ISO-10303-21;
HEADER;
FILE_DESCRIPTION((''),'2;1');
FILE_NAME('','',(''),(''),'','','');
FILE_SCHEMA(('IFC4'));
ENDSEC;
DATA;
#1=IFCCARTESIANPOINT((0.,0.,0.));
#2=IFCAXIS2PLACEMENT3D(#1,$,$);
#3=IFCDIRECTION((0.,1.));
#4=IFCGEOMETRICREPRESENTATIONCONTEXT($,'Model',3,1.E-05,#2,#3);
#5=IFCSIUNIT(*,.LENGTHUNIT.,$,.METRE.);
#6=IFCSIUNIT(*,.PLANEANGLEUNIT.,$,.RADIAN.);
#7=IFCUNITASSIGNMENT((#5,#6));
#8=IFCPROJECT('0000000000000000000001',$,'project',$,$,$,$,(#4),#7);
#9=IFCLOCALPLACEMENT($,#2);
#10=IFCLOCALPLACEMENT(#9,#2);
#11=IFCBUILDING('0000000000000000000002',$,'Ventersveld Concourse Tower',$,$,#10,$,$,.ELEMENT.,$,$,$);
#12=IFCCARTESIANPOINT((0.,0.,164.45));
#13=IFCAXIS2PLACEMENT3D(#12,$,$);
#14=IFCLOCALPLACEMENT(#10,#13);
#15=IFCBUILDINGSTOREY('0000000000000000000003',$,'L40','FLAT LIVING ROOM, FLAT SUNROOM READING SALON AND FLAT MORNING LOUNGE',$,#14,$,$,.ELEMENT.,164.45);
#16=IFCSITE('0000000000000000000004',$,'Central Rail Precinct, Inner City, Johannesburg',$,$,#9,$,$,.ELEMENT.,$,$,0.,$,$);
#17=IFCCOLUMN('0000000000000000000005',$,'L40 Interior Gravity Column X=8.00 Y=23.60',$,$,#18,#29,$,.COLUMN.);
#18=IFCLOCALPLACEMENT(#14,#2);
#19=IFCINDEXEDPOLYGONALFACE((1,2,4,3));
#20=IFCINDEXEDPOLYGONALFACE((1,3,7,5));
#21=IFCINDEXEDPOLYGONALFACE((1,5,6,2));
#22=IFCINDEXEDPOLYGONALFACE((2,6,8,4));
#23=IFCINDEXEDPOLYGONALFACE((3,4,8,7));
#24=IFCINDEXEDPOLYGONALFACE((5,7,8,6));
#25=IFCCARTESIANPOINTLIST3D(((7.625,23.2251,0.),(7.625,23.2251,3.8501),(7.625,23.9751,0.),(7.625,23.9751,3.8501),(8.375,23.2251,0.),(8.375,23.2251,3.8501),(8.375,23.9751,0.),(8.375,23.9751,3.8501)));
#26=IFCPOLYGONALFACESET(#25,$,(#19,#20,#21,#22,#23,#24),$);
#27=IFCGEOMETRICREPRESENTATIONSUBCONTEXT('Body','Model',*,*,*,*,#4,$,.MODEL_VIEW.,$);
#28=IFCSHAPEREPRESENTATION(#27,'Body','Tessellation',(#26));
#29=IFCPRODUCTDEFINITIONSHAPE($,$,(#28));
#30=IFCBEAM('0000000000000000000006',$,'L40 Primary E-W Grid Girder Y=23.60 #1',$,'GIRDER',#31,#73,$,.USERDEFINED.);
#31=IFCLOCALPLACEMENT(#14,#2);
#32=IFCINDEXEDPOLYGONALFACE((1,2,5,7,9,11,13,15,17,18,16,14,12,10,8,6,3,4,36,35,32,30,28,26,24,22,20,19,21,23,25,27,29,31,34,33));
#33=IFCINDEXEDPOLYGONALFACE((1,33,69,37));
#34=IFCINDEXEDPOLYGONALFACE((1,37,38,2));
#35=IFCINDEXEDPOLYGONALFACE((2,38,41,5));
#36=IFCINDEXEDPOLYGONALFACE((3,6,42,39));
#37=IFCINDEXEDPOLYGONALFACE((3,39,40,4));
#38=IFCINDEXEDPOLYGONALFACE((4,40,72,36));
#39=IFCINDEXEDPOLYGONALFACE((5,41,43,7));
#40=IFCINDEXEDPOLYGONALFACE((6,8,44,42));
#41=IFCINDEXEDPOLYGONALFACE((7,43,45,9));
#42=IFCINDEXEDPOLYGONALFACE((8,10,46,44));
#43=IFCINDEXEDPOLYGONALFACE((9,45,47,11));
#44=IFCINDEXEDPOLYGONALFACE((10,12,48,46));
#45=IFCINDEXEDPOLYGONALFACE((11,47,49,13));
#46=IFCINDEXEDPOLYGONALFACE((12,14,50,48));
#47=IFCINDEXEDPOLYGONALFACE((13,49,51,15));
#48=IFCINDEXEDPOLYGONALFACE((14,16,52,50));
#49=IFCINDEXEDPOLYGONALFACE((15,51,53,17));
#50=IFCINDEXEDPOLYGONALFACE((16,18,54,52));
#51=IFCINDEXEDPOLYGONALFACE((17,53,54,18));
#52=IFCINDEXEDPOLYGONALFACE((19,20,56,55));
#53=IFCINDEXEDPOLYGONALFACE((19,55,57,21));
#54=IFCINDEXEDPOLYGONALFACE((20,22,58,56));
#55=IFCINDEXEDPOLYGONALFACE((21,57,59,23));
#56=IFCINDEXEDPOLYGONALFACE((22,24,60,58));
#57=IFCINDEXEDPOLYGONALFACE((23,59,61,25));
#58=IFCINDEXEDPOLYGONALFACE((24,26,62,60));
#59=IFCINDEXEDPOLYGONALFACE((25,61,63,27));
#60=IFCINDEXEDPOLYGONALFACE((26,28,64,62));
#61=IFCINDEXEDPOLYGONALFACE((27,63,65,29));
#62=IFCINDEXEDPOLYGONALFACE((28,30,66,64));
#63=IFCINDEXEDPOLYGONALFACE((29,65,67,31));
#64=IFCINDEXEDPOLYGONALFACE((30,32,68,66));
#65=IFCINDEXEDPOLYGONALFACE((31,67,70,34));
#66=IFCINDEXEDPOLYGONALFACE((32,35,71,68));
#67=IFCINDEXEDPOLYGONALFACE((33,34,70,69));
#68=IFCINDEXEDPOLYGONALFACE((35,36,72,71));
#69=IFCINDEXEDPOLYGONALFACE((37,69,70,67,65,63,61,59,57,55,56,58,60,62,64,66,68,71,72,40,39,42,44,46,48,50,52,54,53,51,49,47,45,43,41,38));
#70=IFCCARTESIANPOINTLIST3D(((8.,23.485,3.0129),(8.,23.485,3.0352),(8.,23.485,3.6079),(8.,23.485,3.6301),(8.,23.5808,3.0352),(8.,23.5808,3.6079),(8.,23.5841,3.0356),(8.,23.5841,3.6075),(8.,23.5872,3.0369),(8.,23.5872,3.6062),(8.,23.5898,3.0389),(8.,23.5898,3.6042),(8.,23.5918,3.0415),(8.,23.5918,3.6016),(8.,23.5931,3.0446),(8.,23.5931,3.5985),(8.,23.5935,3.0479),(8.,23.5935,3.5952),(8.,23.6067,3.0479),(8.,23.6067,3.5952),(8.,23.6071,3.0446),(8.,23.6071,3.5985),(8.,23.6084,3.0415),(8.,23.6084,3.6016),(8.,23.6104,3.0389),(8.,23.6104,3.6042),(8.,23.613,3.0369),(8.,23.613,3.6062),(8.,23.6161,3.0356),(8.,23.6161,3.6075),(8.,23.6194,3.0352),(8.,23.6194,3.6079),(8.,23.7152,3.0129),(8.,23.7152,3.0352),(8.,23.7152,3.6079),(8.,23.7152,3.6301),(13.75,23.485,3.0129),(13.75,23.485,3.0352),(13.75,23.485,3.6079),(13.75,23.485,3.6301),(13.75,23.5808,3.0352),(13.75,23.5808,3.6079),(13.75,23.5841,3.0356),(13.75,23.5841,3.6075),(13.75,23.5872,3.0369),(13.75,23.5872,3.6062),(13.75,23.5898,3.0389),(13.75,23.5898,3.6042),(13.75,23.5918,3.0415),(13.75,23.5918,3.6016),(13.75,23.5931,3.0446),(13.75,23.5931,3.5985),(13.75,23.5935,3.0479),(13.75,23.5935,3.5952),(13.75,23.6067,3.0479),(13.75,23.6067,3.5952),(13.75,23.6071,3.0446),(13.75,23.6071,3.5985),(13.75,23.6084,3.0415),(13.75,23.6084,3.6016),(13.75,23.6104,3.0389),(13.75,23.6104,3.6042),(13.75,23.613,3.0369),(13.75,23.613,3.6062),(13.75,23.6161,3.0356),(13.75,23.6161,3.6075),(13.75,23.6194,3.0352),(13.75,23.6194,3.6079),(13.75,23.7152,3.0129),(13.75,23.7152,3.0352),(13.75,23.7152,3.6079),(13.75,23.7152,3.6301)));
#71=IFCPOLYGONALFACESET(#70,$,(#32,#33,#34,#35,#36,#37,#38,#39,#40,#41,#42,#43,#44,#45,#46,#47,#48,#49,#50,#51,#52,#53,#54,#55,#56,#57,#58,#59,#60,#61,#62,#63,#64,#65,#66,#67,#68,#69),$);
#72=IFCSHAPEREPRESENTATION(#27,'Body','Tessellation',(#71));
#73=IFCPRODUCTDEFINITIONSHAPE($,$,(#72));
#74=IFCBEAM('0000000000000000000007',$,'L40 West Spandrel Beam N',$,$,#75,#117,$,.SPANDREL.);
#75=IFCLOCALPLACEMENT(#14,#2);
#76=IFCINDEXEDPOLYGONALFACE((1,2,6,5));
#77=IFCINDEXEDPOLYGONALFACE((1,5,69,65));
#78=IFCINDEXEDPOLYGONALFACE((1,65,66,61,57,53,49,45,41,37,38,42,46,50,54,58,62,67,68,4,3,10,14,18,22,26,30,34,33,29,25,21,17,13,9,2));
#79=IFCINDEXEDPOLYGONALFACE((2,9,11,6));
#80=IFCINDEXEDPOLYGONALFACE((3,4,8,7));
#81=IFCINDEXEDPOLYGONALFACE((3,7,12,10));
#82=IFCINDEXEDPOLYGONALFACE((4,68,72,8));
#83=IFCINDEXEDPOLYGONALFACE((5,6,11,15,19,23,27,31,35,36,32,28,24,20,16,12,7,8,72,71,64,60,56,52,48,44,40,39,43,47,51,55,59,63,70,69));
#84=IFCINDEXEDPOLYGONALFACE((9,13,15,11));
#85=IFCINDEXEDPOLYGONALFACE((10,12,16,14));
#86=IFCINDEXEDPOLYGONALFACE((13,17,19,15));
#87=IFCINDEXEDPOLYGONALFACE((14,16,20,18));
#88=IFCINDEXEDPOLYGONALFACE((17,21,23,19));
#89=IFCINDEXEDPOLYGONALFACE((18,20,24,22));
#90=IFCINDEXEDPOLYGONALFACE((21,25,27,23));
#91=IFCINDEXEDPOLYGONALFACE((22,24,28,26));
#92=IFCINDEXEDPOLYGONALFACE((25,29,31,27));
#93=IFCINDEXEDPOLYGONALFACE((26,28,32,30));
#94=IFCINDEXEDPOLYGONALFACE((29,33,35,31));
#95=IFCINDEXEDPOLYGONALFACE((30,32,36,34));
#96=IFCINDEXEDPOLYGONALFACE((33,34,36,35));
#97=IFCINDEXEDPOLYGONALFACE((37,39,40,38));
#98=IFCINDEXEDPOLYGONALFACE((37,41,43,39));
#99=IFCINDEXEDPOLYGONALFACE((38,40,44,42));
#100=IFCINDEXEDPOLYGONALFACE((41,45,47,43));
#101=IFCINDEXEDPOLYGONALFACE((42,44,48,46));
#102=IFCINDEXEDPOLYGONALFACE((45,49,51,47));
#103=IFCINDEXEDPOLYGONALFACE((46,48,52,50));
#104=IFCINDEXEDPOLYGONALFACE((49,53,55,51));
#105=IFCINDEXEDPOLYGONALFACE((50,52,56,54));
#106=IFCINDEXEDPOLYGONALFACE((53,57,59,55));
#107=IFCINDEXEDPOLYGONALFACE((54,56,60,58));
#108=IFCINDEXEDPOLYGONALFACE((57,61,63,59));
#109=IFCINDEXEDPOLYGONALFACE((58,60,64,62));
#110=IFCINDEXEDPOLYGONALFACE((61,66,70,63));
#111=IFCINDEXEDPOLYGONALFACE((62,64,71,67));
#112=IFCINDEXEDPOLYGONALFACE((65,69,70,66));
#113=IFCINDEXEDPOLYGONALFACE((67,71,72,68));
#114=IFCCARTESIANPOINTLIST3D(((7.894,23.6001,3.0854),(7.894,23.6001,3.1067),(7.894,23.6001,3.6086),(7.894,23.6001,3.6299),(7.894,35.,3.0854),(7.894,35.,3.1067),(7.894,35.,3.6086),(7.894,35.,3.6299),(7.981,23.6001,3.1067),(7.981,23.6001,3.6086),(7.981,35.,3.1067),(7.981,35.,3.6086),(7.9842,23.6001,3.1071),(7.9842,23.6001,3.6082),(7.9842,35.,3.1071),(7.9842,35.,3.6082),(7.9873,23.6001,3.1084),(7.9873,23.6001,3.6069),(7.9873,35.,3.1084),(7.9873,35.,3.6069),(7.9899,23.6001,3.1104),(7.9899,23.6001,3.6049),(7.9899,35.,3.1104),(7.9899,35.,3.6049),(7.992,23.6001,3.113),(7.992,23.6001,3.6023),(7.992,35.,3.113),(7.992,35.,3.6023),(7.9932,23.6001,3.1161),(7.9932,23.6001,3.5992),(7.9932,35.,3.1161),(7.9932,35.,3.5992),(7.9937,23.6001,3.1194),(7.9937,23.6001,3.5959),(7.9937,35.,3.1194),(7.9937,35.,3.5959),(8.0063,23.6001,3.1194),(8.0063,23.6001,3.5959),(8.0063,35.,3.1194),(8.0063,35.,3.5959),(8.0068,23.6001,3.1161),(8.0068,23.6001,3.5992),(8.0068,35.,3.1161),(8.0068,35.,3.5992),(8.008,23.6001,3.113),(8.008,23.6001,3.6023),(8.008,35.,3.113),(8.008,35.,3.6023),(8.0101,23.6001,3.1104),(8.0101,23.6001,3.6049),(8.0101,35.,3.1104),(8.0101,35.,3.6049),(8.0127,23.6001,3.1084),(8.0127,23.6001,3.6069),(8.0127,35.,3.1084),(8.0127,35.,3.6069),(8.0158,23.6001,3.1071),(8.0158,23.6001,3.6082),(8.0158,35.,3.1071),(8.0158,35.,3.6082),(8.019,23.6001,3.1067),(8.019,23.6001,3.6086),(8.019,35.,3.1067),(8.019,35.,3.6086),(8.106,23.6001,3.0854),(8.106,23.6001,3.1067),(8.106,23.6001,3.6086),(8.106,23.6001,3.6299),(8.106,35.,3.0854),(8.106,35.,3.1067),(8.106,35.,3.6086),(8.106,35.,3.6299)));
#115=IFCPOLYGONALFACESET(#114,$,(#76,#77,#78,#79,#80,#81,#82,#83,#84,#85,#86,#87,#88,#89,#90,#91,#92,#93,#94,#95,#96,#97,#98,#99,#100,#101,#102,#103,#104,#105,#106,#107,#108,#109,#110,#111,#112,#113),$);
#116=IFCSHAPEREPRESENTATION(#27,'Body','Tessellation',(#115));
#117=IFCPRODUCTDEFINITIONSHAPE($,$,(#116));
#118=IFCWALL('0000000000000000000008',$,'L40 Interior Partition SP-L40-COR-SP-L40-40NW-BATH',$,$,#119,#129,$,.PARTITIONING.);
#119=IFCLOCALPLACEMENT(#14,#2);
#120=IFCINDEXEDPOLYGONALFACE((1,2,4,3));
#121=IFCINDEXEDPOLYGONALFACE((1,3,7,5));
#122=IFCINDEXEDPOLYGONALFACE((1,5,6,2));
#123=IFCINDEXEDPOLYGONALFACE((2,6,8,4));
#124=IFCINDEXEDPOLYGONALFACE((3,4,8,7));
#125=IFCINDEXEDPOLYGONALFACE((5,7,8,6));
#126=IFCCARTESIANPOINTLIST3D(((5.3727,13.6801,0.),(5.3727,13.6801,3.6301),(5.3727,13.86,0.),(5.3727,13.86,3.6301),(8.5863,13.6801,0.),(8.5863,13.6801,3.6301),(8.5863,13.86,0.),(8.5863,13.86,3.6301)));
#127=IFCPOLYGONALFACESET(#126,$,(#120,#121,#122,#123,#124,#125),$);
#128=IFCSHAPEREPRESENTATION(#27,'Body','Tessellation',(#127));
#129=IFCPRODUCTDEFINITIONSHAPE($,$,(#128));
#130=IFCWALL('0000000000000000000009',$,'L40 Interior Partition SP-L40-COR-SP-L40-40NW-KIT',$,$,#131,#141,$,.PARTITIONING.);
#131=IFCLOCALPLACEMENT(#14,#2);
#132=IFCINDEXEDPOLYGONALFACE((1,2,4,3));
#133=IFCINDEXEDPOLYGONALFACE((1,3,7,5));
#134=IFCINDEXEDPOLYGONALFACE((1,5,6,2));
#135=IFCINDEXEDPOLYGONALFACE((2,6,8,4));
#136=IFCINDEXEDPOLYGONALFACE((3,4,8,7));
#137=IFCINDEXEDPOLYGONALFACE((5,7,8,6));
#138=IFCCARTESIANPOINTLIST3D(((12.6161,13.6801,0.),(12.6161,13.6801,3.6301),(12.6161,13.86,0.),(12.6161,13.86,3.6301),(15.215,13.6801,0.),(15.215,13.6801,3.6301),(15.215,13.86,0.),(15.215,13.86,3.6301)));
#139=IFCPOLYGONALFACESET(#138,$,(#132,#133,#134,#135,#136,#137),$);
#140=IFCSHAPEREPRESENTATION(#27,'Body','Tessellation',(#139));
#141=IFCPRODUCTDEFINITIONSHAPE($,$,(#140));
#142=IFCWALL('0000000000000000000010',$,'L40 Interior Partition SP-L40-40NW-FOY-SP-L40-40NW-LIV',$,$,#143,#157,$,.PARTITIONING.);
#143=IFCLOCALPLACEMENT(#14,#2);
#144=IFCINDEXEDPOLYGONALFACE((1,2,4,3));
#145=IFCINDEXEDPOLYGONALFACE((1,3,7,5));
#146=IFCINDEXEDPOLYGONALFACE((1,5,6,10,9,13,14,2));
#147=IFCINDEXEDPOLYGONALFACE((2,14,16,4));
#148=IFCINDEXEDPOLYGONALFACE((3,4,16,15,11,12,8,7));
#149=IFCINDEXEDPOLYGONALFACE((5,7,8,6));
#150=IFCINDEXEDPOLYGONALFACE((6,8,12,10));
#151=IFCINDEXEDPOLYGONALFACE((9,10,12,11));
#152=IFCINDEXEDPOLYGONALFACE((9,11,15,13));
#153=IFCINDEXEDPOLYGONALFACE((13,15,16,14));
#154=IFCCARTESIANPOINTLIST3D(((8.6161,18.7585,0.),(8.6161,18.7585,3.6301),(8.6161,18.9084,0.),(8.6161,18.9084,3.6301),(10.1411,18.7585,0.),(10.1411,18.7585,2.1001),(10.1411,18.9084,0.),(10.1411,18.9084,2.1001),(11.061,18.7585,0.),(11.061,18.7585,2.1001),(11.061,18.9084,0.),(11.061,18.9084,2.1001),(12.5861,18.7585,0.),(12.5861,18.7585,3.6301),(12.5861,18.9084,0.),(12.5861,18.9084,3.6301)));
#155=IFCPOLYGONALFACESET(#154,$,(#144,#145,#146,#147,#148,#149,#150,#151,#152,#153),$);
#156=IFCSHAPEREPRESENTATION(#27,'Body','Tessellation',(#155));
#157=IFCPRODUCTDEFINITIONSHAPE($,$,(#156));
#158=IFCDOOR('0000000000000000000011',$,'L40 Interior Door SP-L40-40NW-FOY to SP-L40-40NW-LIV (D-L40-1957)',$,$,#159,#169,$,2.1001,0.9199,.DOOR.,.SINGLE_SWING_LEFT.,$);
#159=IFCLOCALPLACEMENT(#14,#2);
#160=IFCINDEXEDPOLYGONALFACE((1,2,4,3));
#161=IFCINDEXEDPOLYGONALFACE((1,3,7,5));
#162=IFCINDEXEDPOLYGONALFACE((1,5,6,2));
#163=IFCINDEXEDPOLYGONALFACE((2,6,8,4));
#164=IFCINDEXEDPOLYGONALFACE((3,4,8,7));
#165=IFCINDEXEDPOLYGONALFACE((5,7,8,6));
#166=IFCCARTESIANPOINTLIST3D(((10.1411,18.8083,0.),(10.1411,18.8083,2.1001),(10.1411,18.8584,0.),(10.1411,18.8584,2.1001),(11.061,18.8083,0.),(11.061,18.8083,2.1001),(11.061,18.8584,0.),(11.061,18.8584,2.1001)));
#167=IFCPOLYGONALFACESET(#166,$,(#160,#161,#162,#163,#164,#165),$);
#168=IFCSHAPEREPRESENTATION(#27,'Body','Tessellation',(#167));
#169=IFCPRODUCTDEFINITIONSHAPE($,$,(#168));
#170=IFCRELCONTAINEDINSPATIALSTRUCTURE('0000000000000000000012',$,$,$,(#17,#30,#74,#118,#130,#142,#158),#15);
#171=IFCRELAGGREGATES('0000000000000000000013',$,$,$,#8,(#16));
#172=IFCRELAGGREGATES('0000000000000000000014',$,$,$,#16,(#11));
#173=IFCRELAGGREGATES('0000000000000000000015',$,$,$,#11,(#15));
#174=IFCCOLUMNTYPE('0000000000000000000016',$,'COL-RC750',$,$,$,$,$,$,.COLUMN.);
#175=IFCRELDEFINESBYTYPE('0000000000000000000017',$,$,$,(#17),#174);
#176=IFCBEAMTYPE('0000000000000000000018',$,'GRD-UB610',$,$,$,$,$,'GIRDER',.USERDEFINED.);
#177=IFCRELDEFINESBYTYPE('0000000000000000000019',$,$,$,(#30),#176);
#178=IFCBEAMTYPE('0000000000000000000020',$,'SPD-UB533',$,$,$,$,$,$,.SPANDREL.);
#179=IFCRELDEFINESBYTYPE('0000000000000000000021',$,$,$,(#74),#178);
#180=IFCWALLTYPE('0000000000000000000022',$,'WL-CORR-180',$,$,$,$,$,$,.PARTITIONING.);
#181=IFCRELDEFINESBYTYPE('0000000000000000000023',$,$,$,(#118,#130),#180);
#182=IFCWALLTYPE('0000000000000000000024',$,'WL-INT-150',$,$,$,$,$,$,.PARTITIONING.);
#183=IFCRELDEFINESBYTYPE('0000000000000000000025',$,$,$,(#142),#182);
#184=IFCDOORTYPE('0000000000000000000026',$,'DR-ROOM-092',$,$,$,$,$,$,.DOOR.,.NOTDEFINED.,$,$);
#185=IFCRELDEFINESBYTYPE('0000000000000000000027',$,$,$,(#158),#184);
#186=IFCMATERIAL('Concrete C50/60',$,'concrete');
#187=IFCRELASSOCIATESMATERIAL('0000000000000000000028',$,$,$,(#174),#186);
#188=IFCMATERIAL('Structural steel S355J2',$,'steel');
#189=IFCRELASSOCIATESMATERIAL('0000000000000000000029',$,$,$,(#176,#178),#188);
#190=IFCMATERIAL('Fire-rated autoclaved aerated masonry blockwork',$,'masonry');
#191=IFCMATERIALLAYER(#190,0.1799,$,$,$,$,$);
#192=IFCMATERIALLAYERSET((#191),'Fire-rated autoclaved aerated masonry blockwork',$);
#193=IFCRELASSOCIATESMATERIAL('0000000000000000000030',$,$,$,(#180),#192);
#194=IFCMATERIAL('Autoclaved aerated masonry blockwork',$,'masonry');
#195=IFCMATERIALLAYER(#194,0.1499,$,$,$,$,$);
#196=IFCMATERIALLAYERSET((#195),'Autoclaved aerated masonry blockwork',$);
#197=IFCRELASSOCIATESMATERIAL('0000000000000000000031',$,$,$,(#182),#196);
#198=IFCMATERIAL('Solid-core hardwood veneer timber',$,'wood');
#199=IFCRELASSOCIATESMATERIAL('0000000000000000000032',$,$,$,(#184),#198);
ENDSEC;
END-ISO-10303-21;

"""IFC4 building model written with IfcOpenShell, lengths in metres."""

from ifc_helpers import new_model, si_unit, direction, frame, frame_2d, origin, origin_2d, place, context, subcontext, project, spatial, rectangle, i_section, extrude, material, layer, layer_set, material_profile, profile_set, type_object, element, fill, save


model = new_model("IFC4")

# Units and contexts
model_context = context("Model", 3, precision=1e-05, world=origin(), true_north=direction((0.0, 1.0)))
body_context = subcontext(model_context, "Body", "Model", "MODEL_VIEW")
ifc_project = project(units=[si_unit("LENGTHUNIT", "METRE"), si_unit("PLANEANGLEUNIT", "RADIAN")], contexts=[model_context])

# Site, building, storey
site_placement = place(None, origin())
site = spatial("IfcSite", under=ifc_project, at=site_placement, Name="Central Rail Precinct, Inner City, Johannesburg", CompositionType="ELEMENT", RefElevation=0.0)
building_placement = place(site_placement, origin())
building = spatial("IfcBuilding", under=site, at=building_placement, Name="Ventersveld Concourse Tower", CompositionType="ELEMENT")
storey_placement = place(building_placement, frame((0.0, 0.0, 164.45)))
storey = spatial("IfcBuildingStorey", under=building, at=storey_placement, Name="L40", Description="FLAT LIVING ROOM, FLAT SUNROOM READING SALON AND FLAT MORNING LOUNGE", CompositionType="ELEMENT", Elevation=164.45)

# Column
ifc_material_1 = material(Name="Concrete C50/60", Category="concrete")
ifc_material_profile_1 = material_profile(ifc_material_1, rectangle(XDim=0.75, YDim=0.75, at=origin_2d()), Name="RC 750x750")
ifc_profile_set_1 = profile_set([ifc_material_profile_1], Name="Concrete C50/60")
column_type = type_object("IfcColumnType", Name="COL-RC750", PredefinedType="COLUMN", material=ifc_profile_set_1)
column_placement = place(storey_placement, frame((8.0, 23.6001, 0.0), z_axis=(0.0, 0.0, 1.0), x_axis=(1.0, 0.0, 0.0)))
element("IfcColumn", 1, at=column_placement, inside=storey, type_object=column_type, Name="L40 Interior Gravity Column X=8.00 Y=23.60", PredefinedType="COLUMN", context=body_context, shape_type="SweptSolid", body=[
    extrude(rectangle(XDim=0.75, YDim=0.75, at=origin_2d()), origin(), (0.0, 0.0, 1.0), 3.8501),
])

# Beams
ifc_material_2 = material(Name="Structural steel S355J2", Category="steel")
ifc_material_profile_2 = material_profile(ifc_material_2, i_section(OverallWidth=0.2302, OverallDepth=0.6172, WebThickness=0.0132, FlangeThickness=0.0222, FilletRadius=0.0127, at=origin_2d()), Name="UB 610x229x140")
ifc_profile_set_2 = profile_set([ifc_material_profile_2], Name="Structural steel S355J2")
beam_type_1 = type_object("IfcBeamType", Name="GRD-UB610", ElementType="GIRDER", PredefinedType="USERDEFINED", material=ifc_profile_set_2)
beam_1_placement = place(storey_placement, frame((8.0, 23.6001, 3.3215), z_axis=(1.0, 0.0, 0.0), x_axis=(0.0, 1.0, 0.0)))
element("IfcBeam", 2, at=beam_1_placement, inside=storey, type_object=beam_type_1, Name="L40 Primary E-W Grid Girder Y=23.60 #1", ObjectType="GIRDER", PredefinedType="USERDEFINED", context=body_context, shape_type="SweptSolid", body=[
    extrude(i_section(OverallWidth=0.2302, OverallDepth=0.6172, WebThickness=0.0132, FlangeThickness=0.0222, FilletRadius=0.0127, at=origin_2d()), origin(), (0.0, 0.0, 1.0), 5.75),
])
ifc_material_profile_3 = material_profile(ifc_material_2, i_section(OverallWidth=0.2119, OverallDepth=0.5444, WebThickness=0.0127, FlangeThickness=0.0212, FilletRadius=0.0127, at=origin_2d()), Name="UB 533x210x122")
ifc_profile_set_3 = profile_set([ifc_material_profile_3], Name="Structural steel S355J2")
beam_type_2 = type_object("IfcBeamType", Name="SPD-UB533", PredefinedType="SPANDREL", material=ifc_profile_set_3)
beam_2_placement = place(storey_placement, frame((8.0, 23.6001, 3.3577), z_axis=(0.0, 1.0, 0.0), x_axis=(-1.0, 0.0, 0.0)))
element("IfcBeam", 3, at=beam_2_placement, inside=storey, type_object=beam_type_2, Name="L40 West Spandrel Beam N", PredefinedType="SPANDREL", context=body_context, shape_type="SweptSolid", body=[
    extrude(i_section(OverallWidth=0.2119, OverallDepth=0.5444, WebThickness=0.0127, FlangeThickness=0.0212, FilletRadius=0.0127, at=origin_2d()), origin(), (0.0, 0.0, 1.0), 11.3999),
])

# Shared definitions
ifc_material_3 = material(Name="Fire-rated autoclaved aerated masonry blockwork", Category="masonry")
ifc_layer_1 = layer(ifc_material_3, 0.1799)
ifc_layer_set_1 = layer_set([ifc_layer_1], Name="Fire-rated autoclaved aerated masonry blockwork")
wall_type_1 = type_object("IfcWallType", Name="WL-CORR-180", PredefinedType="PARTITIONING", material=ifc_layer_set_1)
ifc_material_4 = material(Name="Solid-core hardwood veneer timber", Category="wood")

# Walls
wall_1_placement = place(storey_placement, frame((5.3726, 13.77, 0.0), z_axis=(0.0, 0.0, 1.0), x_axis=(1.0, 0.0, 0.0)))
element("IfcWall", 4, at=wall_1_placement, inside=storey, type_object=wall_type_1, Name="L40 Interior Partition SP-L40-COR-SP-L40-40NW-BATH", PredefinedType="PARTITIONING", context=body_context, shape_type="SweptSolid", body=[
    extrude(rectangle(XDim=3.2136, YDim=0.1799, at=frame_2d((1.6069, 0.0))), origin(), (0.0, 0.0, 1.0), 3.6301),
])
wall_2_placement = place(storey_placement, frame((12.6162, 13.77, 0.0), z_axis=(0.0, 0.0, 1.0), x_axis=(1.0, 0.0, 0.0)))
element("IfcWall", 5, at=wall_2_placement, inside=storey, type_object=wall_type_1, Name="L40 Interior Partition SP-L40-COR-SP-L40-40NW-KIT", PredefinedType="PARTITIONING", context=body_context, shape_type="SweptSolid", body=[
    extrude(rectangle(XDim=2.5989, YDim=0.1799, at=frame_2d((1.2993, 0.0))), origin(), (0.0, 0.0, 1.0), 3.6301),
])

# Wall, opening, door
ifc_material_5 = material(Name="Autoclaved aerated masonry blockwork", Category="masonry")
ifc_layer_2 = layer(ifc_material_5, 0.1499)
ifc_layer_set_2 = layer_set([ifc_layer_2], Name="Autoclaved aerated masonry blockwork")
wall_type_2 = type_object("IfcWallType", Name="WL-INT-150", PredefinedType="PARTITIONING", material=ifc_layer_set_2)
wall_3_placement = place(storey_placement, frame((8.6162, 18.8335, 0.0), z_axis=(0.0, 0.0, 1.0), x_axis=(1.0, 0.0, 0.0)))
wall_3 = element("IfcWall", 6, at=wall_3_placement, inside=storey, type_object=wall_type_2, Name="L40 Interior Partition SP-L40-40NW-FOY-SP-L40-40NW-LIV", PredefinedType="PARTITIONING", context=body_context, shape_type="SweptSolid", body=[
    extrude(rectangle(XDim=3.97, YDim=0.1499, at=frame_2d((1.9849, 0.0))), origin(), (0.0, 0.0, 1.0), 3.6301),
])
opening_1_placement = place(wall_3_placement, frame((1.5249, 0.0, 0.0)))
opening_1 = element("IfcOpeningElement", 7, at=opening_1_placement, cuts=wall_3, PredefinedType="OPENING", context=body_context, shape_type="SweptSolid", body=[
    extrude(rectangle(XDim=0.9199, YDim=2.1001, at=frame_2d((0.46, 1.05))), frame((0.0, 0.085, 0.0), z_axis=(0.0, -1.0, 0.0), x_axis=(1.0, 0.0, 0.0)), (0.0, 0.0, 1.0), 0.1699),
])
door_type_1 = type_object("IfcDoorType", Name="DR-ROOM-092", OperationType="NOTDEFINED", PredefinedType="DOOR", material=ifc_material_4)
door_1_placement = place(opening_1_placement, origin())
door_1 = element("IfcDoor", 8, at=door_1_placement, inside=storey, type_object=door_type_1, Name="L40 Interior Door SP-L40-40NW-FOY to SP-L40-40NW-LIV (D-L40-1957)", OperationType="SINGLE_SWING_LEFT", OverallHeight=2.1001, OverallWidth=0.9199, PredefinedType="DOOR", context=body_context, shape_type="SweptSolid", body=[
    extrude(rectangle(XDim=0.9199, YDim=2.1001, at=frame_2d((0.46, 1.05))), frame((0.0, 0.0249, 0.0), z_axis=(0.0, -1.0, 0.0), x_axis=(1.0, 0.0, 0.0)), (0.0, 0.0, 1.0), 0.05),
])
fill(opening_1, door_1)

save(model, "model.ifc")
